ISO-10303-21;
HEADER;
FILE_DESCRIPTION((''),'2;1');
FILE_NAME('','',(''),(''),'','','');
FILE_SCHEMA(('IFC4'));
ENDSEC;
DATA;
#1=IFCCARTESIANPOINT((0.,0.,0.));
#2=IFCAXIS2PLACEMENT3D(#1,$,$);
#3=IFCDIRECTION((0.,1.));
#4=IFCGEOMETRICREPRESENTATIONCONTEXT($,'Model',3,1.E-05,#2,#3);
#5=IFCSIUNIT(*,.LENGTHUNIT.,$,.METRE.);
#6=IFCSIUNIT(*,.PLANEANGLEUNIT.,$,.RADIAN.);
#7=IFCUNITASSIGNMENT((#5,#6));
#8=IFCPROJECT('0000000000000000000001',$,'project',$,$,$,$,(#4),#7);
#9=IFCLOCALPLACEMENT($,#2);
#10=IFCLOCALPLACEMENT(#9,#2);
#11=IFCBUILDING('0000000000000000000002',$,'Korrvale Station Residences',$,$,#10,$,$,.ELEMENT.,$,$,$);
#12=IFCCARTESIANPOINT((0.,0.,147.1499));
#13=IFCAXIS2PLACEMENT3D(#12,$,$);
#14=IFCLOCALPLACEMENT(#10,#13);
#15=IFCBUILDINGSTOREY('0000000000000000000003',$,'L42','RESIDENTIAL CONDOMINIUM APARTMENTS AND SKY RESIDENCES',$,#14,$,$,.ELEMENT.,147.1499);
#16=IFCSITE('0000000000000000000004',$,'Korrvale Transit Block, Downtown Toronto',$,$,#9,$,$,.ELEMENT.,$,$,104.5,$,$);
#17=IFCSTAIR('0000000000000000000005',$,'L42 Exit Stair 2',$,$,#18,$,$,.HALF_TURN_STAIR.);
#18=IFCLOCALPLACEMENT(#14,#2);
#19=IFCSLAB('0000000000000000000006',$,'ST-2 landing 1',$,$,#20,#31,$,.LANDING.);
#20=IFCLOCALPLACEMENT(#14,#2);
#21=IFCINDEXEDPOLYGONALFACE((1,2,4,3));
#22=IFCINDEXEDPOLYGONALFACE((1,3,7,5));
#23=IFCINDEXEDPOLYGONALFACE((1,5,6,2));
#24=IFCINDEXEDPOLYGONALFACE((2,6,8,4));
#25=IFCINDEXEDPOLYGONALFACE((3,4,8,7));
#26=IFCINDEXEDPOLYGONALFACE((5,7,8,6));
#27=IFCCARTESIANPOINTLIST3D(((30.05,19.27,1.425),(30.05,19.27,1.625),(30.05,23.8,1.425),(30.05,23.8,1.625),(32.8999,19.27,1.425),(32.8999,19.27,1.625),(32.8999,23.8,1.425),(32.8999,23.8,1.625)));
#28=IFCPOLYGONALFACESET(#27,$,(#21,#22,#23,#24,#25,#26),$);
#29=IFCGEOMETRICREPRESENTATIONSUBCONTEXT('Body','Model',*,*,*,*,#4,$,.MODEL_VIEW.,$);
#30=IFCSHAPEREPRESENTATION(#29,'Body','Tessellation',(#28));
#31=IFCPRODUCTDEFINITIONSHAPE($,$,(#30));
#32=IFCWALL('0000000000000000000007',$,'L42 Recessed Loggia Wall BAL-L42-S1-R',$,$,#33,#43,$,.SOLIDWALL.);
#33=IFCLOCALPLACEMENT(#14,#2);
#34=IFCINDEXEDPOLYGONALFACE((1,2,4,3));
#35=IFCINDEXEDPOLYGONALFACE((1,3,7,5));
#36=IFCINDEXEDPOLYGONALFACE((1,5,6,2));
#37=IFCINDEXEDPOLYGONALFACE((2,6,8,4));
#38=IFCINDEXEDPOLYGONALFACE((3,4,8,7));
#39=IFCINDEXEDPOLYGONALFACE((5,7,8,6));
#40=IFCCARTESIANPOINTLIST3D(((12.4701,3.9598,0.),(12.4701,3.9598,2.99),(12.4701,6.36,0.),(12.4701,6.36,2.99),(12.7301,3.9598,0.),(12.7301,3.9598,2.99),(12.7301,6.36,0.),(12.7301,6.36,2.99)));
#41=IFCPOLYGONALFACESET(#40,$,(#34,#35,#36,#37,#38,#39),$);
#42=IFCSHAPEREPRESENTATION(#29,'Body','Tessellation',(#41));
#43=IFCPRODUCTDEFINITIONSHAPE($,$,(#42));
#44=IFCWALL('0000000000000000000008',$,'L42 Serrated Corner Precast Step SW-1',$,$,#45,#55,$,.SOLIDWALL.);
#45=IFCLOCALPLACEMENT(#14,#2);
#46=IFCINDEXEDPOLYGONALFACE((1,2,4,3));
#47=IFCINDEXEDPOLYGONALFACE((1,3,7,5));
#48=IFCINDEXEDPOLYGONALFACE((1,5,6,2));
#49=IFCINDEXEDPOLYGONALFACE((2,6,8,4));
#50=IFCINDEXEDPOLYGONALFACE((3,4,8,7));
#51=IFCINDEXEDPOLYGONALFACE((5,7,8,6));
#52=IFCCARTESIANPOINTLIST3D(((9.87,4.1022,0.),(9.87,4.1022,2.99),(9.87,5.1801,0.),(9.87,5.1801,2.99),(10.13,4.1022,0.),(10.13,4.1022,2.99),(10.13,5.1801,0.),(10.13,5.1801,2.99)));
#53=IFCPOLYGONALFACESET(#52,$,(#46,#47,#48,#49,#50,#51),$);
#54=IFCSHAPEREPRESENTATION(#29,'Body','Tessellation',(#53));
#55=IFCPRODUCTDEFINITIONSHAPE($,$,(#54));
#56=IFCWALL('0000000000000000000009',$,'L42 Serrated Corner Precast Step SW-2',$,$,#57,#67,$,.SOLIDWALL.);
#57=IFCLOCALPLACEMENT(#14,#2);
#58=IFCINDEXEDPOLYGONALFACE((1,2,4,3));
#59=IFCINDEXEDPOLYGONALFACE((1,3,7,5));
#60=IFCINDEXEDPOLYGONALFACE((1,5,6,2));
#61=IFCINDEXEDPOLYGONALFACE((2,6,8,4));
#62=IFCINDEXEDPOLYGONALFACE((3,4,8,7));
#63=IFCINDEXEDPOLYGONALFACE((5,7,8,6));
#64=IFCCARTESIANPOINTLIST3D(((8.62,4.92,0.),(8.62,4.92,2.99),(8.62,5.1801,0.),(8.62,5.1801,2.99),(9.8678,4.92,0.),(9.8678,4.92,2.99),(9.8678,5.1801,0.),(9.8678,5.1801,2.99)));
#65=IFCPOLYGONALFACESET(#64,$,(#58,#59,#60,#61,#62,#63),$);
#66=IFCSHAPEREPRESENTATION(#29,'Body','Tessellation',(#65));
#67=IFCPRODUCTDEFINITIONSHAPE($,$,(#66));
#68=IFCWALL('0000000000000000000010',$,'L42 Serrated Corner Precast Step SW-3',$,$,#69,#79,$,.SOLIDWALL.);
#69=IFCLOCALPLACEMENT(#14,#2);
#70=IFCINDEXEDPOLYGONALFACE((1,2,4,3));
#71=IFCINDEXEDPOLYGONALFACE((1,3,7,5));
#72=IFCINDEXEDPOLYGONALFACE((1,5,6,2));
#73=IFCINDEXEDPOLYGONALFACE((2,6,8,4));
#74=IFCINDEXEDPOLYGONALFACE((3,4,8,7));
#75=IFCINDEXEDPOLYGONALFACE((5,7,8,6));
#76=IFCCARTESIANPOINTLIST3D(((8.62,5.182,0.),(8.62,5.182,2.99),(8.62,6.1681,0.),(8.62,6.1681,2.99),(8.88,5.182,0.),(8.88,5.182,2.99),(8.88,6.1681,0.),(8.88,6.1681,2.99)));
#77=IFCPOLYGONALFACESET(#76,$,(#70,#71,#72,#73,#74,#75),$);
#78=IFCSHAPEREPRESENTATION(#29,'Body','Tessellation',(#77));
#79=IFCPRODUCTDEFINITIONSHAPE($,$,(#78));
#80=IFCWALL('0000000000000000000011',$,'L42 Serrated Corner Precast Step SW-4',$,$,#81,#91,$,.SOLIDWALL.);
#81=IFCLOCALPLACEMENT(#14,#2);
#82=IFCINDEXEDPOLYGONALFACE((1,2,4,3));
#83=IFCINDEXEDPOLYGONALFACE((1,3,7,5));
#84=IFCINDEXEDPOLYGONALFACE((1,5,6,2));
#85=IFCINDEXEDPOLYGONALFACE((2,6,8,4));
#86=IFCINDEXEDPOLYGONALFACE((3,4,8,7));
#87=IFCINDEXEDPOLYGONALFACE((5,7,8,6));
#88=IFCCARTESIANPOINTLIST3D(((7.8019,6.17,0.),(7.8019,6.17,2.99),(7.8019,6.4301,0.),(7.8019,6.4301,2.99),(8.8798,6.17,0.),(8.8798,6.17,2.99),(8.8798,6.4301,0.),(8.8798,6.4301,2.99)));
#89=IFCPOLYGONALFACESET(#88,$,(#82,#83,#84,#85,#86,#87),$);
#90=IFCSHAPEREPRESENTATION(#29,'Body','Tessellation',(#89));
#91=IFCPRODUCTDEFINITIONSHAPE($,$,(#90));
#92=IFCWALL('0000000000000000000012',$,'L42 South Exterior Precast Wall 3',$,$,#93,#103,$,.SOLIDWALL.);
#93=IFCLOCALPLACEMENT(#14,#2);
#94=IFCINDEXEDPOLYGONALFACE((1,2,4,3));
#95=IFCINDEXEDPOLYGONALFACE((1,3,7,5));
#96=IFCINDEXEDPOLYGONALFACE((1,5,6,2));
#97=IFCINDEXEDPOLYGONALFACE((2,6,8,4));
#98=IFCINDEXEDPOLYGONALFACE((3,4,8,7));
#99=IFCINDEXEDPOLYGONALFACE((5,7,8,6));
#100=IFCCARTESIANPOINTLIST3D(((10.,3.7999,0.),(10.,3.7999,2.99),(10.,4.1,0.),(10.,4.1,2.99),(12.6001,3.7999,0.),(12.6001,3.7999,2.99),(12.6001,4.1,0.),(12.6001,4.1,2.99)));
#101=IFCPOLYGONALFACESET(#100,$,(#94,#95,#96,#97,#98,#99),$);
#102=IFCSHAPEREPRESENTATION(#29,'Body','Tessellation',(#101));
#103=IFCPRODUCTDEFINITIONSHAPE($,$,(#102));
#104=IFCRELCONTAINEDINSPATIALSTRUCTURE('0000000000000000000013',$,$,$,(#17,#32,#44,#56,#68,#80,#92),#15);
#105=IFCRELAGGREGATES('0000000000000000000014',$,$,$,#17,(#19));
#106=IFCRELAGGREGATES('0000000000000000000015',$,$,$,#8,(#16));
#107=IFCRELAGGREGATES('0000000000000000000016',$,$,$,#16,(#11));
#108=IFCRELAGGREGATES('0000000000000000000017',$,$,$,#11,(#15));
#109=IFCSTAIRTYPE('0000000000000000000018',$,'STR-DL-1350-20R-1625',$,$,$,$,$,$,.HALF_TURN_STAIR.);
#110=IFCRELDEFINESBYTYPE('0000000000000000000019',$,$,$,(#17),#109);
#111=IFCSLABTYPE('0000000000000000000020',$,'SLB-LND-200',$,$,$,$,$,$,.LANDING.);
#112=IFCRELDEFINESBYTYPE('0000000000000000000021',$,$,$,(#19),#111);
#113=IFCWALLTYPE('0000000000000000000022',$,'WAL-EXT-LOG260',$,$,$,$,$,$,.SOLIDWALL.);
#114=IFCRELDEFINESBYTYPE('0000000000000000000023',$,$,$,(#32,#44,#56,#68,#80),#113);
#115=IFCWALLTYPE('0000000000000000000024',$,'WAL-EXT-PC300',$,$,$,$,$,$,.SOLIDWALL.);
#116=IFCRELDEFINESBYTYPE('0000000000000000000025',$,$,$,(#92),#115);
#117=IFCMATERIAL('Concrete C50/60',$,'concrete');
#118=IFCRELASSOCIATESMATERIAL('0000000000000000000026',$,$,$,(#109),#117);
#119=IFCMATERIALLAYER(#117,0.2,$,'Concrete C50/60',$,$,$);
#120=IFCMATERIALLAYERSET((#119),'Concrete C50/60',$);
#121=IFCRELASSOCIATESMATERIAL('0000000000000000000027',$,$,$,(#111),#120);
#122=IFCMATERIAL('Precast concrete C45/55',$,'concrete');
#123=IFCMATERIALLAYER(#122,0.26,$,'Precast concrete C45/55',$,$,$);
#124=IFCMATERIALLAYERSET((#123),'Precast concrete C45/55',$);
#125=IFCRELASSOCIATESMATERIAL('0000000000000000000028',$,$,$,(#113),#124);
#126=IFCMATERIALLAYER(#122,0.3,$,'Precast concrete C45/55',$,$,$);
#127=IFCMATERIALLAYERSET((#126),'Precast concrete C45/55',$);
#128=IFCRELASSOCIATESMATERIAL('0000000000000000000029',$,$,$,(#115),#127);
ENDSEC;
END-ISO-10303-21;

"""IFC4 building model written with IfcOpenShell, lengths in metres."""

from ifc_helpers import new_model, si_unit, direction, frame, frame_2d, origin, place, context, subcontext, project, spatial, polyline, rectangle, outline, extrude, material, layer, layer_set, type_object, element, aggregate, save


model = new_model("IFC4")

# Units and contexts
model_context = context("Model", 3, precision=1e-05, world=origin(), true_north=direction((0.0, 1.0)))
body_context = subcontext(model_context, "Body", "Model", "MODEL_VIEW")
ifc_project = project(units=[si_unit("LENGTHUNIT", "METRE"), si_unit("PLANEANGLEUNIT", "RADIAN")], contexts=[model_context])

# Site, building, storey
site_placement = place(None, origin())
site = spatial("IfcSite", under=ifc_project, at=site_placement, Name="Korrvale Transit Block, Downtown Toronto", CompositionType="ELEMENT", RefElevation=104.5)
building_placement = place(site_placement, origin())
building = spatial("IfcBuilding", under=site, at=building_placement, Name="Korrvale Station Residences", CompositionType="ELEMENT")
storey_placement = place(building_placement, frame((0.0, 0.0, 147.1499)))
storey = spatial("IfcBuildingStorey", under=building, at=storey_placement, Name="L42", Description="RESIDENTIAL CONDOMINIUM APARTMENTS AND SKY RESIDENCES", CompositionType="ELEMENT", Elevation=147.1499)

# Shared definitions
ifc_material_1 = material(Name="Concrete C50/60", Category="concrete")

# Stair, slab
stair_type = type_object("IfcStairType", Name="STR-DL-1350-20R-1625", PredefinedType="HALF_TURN_STAIR", material=ifc_material_1)
ifc_layer_1 = layer(ifc_material_1, 0.2, Name="Concrete C50/60")
ifc_layer_set_1 = layer_set([ifc_layer_1], Name="Concrete C50/60")
slab_type_1 = type_object("IfcSlabType", Name="SLB-LND-200", PredefinedType="LANDING", material=ifc_layer_set_1)
stair_1_placement = place(storey_placement, origin())
stair_1 = element("IfcStair", 1, at=stair_1_placement, inside=storey, type_object=stair_type, Name="L42 Exit Stair 2", PredefinedType="HALF_TURN_STAIR")
slab_1_placement = place(storey_placement, frame((0.0, 0.0, 1.425)))
slab_1 = element("IfcSlab", 2, at=slab_1_placement, type_object=slab_type_1, Name="ST-2 landing 1", PredefinedType="LANDING", context=body_context, shape_type="SweptSolid", body=[
    extrude(outline(polyline([(32.8999, 19.27), (32.8999, 23.8), (30.05, 23.8), (30.05, 19.27), (32.8999, 19.27)])), origin(), (0.0, 0.0, 1.0), 0.2),
])
aggregate(stair_1, [slab_1])

# Walls
ifc_material_2 = material(Name="Precast concrete C45/55", Category="concrete")
ifc_layer_2 = layer(ifc_material_2, 0.26, Name="Precast concrete C45/55")
ifc_layer_set_2 = layer_set([ifc_layer_2], Name="Precast concrete C45/55")
wall_type_1 = type_object("IfcWallType", Name="WAL-EXT-LOG260", PredefinedType="SOLIDWALL", material=ifc_layer_set_2)
wall_1_placement = place(storey_placement, frame((12.6001, 6.3601, 0.0), z_axis=(0.0, 0.0, 1.0), x_axis=(0.0, -1.0, 0.0)))
element("IfcWall", 3, at=wall_1_placement, inside=storey, type_object=wall_type_1, Name="L42 Recessed Loggia Wall BAL-L42-S1-R", PredefinedType="SOLIDWALL", context=body_context, shape_type="SweptSolid", body=[
    extrude(rectangle(XDim=2.4001, YDim=0.26, at=frame_2d((1.2002, 0.0))), origin(), (0.0, 0.0, 1.0), 2.99),
])
wall_2_placement = place(storey_placement, frame((10.0, 4.1021, 0.0), z_axis=(0.0, 0.0, 1.0), x_axis=(0.0, 1.0, 0.0)))
element("IfcWall", 4, at=wall_2_placement, inside=storey, type_object=wall_type_1, Name="L42 Serrated Corner Precast Step SW-1", PredefinedType="SOLIDWALL", context=body_context, shape_type="SweptSolid", body=[
    extrude(rectangle(XDim=1.0779, YDim=0.26, at=frame_2d((0.5391, 0.0))), origin(), (0.0, 0.0, 1.0), 2.99),
])
wall_3_placement = place(storey_placement, frame((9.8679, 5.05, 0.0), z_axis=(0.0, 0.0, 1.0), x_axis=(-1.0, 0.0, 0.0)))
element("IfcWall", 5, at=wall_3_placement, inside=storey, type_object=wall_type_1, Name="L42 Serrated Corner Precast Step SW-2", PredefinedType="SOLIDWALL", context=body_context, shape_type="SweptSolid", body=[
    extrude(rectangle(XDim=1.2478, YDim=0.26, at=frame_2d((0.624, 0.0))), origin(), (0.0, 0.0, 1.0), 2.99),
])
wall_4_placement = place(storey_placement, frame((8.75, 5.1819, 0.0), z_axis=(0.0, 0.0, 1.0), x_axis=(0.0, 1.0, 0.0)))
element("IfcWall", 6, at=wall_4_placement, inside=storey, type_object=wall_type_1, Name="L42 Serrated Corner Precast Step SW-3", PredefinedType="SOLIDWALL", context=body_context, shape_type="SweptSolid", body=[
    extrude(rectangle(XDim=0.9861, YDim=0.26, at=frame_2d((0.4932, 0.0))), origin(), (0.0, 0.0, 1.0), 2.99),
])
wall_5_placement = place(storey_placement, frame((8.8799, 6.3, 0.0), z_axis=(0.0, 0.0, 1.0), x_axis=(-1.0, 0.0, 0.0)))
element("IfcWall", 7, at=wall_5_placement, inside=storey, type_object=wall_type_1, Name="L42 Serrated Corner Precast Step SW-4", PredefinedType="SOLIDWALL", context=body_context, shape_type="SweptSolid", body=[
    extrude(rectangle(XDim=1.0779, YDim=0.26, at=frame_2d((0.5391, 0.0))), origin(), (0.0, 0.0, 1.0), 2.99),
])
ifc_layer_3 = layer(ifc_material_2, 0.3, Name="Precast concrete C45/55")
ifc_layer_set_3 = layer_set([ifc_layer_3], Name="Precast concrete C45/55")
wall_type_2 = type_object("IfcWallType", Name="WAL-EXT-PC300", PredefinedType="SOLIDWALL", material=ifc_layer_set_3)
wall_6_placement = place(storey_placement, frame((12.6001, 3.95, 0.0), z_axis=(0.0, 0.0, 1.0), x_axis=(-1.0, 0.0, 0.0)))
element("IfcWall", 8, at=wall_6_placement, inside=storey, type_object=wall_type_2, Name="L42 South Exterior Precast Wall 3", PredefinedType="SOLIDWALL", context=body_context, shape_type="SweptSolid", body=[
    extrude(rectangle(XDim=2.6001, YDim=0.3, at=frame_2d((1.3, 0.0))), origin(), (0.0, 0.0, 1.0), 2.99),
])

save(model, "model.ifc")
